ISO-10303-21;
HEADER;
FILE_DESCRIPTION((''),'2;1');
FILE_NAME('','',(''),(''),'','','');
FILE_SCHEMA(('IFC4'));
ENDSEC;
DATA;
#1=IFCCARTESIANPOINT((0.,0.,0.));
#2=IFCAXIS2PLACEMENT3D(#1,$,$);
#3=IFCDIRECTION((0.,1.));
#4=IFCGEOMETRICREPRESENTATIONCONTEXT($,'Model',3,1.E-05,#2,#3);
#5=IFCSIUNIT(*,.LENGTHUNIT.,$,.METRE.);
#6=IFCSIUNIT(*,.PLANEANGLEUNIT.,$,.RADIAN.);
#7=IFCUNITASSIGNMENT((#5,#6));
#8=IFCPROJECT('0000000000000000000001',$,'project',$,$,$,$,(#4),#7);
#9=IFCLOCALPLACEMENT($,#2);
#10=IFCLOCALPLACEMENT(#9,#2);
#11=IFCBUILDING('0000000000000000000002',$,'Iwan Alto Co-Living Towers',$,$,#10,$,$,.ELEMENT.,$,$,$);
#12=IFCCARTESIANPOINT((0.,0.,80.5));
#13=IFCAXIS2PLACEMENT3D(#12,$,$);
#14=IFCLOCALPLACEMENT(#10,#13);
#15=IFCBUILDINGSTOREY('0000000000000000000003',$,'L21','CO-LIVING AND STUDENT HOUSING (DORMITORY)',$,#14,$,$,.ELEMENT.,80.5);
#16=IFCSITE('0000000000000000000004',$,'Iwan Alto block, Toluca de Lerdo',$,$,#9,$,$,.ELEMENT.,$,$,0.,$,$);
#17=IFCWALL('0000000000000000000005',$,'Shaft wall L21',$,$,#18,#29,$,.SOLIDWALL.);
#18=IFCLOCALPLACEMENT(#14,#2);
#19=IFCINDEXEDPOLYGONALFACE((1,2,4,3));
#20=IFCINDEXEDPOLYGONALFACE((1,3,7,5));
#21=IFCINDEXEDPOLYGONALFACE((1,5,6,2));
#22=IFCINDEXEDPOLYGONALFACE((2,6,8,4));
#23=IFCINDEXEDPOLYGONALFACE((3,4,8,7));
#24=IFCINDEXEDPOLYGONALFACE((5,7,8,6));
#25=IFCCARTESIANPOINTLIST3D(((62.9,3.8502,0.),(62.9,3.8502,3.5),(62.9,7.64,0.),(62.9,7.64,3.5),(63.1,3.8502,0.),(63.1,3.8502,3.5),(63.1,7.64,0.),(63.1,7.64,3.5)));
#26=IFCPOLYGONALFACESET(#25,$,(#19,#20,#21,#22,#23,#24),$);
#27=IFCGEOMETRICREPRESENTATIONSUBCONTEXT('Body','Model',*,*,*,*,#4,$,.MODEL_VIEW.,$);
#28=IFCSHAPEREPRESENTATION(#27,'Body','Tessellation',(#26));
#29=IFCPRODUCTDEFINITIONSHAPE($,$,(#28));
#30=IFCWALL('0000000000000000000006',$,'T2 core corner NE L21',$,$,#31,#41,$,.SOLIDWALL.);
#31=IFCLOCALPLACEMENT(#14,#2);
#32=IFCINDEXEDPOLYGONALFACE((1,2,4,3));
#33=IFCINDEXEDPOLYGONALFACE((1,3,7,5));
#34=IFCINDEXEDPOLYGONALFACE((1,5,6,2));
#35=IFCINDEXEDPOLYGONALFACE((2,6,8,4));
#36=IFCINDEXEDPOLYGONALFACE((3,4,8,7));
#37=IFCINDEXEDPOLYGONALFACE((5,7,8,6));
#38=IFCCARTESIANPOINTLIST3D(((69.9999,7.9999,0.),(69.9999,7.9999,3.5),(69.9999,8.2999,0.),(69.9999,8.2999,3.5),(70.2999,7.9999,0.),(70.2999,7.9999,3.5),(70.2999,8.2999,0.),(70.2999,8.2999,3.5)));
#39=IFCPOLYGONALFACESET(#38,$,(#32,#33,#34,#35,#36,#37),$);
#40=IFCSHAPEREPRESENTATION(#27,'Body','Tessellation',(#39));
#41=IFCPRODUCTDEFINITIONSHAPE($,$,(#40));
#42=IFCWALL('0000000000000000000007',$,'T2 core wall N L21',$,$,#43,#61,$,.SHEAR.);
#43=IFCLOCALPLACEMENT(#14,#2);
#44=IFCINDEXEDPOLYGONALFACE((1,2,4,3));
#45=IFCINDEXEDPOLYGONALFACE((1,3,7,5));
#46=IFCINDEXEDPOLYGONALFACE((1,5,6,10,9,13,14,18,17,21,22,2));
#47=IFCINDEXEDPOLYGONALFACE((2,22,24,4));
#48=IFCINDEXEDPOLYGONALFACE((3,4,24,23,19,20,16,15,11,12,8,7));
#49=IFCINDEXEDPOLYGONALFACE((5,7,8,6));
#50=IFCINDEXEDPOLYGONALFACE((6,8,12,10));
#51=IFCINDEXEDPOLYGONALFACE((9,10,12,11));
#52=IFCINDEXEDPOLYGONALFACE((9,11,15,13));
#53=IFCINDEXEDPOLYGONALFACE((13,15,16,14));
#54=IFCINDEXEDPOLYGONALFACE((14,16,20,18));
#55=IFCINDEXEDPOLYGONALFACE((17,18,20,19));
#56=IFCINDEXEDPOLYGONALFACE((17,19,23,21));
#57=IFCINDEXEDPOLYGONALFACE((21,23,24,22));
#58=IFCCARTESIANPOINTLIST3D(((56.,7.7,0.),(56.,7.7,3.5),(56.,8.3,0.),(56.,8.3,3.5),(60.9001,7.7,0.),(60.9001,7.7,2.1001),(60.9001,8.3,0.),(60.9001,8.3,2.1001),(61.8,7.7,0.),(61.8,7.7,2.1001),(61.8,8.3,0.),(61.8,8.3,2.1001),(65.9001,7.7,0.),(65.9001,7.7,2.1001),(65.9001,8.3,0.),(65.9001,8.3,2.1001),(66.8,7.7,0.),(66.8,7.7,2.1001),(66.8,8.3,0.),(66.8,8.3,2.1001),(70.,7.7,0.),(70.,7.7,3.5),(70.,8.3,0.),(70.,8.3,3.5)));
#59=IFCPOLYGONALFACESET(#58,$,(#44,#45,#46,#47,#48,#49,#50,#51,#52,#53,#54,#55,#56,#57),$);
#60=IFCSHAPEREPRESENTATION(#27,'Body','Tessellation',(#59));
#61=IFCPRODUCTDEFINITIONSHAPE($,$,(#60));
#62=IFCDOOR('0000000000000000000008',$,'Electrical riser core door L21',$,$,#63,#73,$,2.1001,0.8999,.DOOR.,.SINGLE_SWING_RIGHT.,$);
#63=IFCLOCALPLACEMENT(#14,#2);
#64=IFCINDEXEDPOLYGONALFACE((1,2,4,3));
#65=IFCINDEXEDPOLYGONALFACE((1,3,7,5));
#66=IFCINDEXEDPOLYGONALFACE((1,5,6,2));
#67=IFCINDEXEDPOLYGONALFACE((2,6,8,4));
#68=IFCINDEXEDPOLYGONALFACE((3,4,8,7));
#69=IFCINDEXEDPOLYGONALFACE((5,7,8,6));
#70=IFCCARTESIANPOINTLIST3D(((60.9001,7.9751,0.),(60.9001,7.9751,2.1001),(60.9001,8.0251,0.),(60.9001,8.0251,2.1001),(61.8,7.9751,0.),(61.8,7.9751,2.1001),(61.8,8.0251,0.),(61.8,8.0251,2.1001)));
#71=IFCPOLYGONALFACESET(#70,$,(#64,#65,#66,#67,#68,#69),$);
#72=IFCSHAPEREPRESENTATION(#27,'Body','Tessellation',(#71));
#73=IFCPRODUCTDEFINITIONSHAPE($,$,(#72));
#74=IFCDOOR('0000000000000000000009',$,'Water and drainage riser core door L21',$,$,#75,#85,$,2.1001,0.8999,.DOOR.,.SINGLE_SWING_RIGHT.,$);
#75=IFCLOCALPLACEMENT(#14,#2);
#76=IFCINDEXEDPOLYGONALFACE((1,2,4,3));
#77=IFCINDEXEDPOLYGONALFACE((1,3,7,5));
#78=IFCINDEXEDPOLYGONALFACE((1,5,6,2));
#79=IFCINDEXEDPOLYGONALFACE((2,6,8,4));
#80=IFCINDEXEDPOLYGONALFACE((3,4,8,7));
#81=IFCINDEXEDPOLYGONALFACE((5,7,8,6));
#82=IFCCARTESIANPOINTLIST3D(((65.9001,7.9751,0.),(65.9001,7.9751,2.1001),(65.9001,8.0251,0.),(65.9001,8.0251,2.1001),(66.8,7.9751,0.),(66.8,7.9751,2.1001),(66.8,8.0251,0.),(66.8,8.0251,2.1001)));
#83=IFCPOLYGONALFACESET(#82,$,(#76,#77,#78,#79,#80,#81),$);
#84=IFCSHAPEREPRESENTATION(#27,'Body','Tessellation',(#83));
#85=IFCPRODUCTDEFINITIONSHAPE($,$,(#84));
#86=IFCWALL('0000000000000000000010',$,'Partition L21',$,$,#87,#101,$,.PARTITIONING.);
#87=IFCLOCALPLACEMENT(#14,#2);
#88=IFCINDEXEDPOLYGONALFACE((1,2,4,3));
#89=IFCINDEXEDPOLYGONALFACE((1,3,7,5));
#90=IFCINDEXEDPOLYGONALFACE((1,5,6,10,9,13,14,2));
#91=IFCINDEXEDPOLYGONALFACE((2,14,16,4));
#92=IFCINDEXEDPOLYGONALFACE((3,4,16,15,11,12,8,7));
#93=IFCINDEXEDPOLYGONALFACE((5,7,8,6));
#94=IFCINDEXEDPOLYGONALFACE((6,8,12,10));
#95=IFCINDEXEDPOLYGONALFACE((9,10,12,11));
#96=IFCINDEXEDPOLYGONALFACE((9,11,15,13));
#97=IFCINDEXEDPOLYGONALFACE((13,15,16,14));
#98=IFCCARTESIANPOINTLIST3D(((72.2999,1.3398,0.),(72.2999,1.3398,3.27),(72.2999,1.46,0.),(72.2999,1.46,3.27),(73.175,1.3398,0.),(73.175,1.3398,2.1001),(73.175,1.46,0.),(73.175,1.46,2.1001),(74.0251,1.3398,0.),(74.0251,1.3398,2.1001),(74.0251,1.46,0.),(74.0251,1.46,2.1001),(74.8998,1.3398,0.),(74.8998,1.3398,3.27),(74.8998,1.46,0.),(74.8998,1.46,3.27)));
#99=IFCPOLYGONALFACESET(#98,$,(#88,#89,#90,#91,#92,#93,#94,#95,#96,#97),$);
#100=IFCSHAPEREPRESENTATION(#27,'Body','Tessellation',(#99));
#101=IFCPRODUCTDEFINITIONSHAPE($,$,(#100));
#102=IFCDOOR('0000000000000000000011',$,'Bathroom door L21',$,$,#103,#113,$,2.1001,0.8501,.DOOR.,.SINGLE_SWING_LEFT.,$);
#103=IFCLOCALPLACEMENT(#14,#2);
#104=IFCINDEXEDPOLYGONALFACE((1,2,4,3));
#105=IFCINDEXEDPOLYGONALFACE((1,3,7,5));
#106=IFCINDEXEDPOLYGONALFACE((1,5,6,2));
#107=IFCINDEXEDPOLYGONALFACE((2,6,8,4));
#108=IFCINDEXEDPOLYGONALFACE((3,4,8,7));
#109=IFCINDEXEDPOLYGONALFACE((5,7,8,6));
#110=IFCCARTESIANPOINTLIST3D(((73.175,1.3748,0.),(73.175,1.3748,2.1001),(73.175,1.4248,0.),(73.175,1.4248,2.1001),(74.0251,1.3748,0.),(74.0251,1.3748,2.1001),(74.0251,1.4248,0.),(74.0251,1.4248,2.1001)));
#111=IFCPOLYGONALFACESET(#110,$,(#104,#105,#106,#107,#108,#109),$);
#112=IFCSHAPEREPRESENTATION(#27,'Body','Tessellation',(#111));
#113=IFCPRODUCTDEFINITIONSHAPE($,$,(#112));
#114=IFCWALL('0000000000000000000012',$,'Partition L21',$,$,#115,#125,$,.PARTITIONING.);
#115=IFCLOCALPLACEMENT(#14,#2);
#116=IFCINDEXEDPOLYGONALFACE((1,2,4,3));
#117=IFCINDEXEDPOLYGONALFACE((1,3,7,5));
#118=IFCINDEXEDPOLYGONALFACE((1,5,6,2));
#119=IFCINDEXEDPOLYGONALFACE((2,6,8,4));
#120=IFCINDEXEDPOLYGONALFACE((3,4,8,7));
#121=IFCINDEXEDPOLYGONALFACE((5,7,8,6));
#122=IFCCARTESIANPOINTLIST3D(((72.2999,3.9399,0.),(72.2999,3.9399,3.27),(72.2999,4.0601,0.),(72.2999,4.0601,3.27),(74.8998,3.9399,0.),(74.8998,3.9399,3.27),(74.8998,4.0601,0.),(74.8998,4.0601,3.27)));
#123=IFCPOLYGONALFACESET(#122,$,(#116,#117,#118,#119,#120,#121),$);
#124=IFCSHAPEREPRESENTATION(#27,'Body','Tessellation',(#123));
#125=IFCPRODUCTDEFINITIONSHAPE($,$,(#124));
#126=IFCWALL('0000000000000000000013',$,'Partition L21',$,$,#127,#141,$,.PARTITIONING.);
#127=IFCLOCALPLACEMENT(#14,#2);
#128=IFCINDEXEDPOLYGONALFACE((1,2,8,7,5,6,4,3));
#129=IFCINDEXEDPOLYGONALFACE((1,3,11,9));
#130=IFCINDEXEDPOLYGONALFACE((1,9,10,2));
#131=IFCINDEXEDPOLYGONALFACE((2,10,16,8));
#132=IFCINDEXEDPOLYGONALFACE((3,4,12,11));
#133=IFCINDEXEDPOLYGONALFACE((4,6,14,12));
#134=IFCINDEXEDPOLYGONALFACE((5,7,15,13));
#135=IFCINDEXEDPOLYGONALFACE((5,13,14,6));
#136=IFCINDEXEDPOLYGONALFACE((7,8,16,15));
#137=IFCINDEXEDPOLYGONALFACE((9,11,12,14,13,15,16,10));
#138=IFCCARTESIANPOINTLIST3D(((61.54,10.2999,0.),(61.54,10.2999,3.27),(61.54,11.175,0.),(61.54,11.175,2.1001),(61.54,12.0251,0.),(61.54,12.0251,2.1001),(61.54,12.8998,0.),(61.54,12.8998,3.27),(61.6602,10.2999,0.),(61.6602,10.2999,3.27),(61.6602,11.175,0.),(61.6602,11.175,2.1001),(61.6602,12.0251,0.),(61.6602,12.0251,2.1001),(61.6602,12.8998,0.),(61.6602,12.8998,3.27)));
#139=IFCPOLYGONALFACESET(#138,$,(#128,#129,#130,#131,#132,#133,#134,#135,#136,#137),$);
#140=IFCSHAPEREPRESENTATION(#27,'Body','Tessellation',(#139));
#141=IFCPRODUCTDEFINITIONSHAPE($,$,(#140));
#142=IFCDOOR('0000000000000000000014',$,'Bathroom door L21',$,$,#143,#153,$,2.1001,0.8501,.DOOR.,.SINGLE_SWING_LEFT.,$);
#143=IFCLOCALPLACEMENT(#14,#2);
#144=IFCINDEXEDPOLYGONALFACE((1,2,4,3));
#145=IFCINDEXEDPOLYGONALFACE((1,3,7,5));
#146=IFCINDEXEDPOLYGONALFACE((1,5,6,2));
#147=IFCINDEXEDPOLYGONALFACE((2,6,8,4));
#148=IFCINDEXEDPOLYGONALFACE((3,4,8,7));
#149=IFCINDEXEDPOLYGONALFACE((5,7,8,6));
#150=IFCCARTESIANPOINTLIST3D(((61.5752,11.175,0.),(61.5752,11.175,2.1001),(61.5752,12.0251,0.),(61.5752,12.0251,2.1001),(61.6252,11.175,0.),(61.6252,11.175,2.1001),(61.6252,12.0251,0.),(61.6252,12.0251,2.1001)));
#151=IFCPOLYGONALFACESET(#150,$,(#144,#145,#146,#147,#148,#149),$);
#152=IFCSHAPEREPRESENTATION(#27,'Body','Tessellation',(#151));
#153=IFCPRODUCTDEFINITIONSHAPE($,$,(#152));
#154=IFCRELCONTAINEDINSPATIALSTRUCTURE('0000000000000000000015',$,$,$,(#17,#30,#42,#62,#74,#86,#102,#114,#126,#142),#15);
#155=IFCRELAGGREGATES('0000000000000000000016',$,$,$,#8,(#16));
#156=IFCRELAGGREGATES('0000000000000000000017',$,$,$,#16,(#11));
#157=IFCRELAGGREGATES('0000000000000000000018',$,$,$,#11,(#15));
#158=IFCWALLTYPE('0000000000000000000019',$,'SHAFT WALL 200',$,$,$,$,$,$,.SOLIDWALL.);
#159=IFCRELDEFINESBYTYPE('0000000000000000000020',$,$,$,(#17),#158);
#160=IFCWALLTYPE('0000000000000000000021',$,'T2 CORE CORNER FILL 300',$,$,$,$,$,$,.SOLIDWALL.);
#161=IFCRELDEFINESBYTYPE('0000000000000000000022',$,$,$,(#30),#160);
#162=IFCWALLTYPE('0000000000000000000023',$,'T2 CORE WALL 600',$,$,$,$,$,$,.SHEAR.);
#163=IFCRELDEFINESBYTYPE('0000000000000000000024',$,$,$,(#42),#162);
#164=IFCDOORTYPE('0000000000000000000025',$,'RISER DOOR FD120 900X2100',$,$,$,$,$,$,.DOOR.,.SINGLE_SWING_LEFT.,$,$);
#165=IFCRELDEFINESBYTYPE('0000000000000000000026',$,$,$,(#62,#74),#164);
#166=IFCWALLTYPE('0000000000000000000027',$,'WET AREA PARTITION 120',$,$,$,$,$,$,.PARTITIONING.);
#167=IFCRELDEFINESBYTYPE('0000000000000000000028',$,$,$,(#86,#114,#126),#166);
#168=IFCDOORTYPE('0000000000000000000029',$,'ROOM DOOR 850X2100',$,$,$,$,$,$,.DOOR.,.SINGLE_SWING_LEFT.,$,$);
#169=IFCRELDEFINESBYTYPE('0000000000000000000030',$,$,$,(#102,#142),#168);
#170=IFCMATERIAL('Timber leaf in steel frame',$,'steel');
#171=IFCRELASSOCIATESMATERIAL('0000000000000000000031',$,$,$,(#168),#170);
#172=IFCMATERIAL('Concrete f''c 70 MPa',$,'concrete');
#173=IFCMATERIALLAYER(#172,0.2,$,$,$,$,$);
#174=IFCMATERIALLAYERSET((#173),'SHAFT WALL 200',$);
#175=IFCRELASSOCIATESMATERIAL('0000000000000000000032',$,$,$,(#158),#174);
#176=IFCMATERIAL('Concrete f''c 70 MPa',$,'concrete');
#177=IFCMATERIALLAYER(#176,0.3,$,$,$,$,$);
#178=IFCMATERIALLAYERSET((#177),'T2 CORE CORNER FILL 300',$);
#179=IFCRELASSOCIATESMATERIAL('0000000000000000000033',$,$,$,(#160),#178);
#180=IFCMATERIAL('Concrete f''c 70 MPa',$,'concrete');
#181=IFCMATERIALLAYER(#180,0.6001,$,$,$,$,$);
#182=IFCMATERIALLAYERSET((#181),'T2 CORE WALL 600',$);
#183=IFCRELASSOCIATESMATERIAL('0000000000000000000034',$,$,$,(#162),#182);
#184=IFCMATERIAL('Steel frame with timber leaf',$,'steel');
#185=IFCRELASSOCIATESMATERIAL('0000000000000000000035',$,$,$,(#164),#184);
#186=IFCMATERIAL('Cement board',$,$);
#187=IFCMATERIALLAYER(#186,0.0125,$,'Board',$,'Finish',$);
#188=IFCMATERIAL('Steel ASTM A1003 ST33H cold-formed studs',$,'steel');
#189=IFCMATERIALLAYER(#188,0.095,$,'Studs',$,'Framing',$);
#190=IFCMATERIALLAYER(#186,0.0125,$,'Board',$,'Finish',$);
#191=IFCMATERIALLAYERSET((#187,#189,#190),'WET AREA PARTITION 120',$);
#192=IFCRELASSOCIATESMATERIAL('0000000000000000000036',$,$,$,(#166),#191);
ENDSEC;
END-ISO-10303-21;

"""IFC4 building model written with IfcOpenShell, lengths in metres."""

from ifc_helpers import new_model, si_unit, direction, frame, frame_2d, origin, place, context, subcontext, project, spatial, rectangle, extrude, material, layer, layer_set, type_object, element, fill, save


model = new_model("IFC4")

# Units and contexts
model_context = context("Model", 3, precision=1e-05, world=origin(), true_north=direction((0.0, 1.0)))
body_context = subcontext(model_context, "Body", "Model", "MODEL_VIEW")
ifc_project = project(units=[si_unit("LENGTHUNIT", "METRE"), si_unit("PLANEANGLEUNIT", "RADIAN")], contexts=[model_context])

# Site, building, storey
site_placement = place(None, origin())
site = spatial("IfcSite", under=ifc_project, at=site_placement, Name="Iwan Alto block, Toluca de Lerdo", CompositionType="ELEMENT", RefElevation=0.0)
building_placement = place(site_placement, origin())
building = spatial("IfcBuilding", under=site, at=building_placement, Name="Iwan Alto Co-Living Towers", CompositionType="ELEMENT")
storey_placement = place(building_placement, frame((0.0, 0.0, 80.5)))
storey = spatial("IfcBuildingStorey", under=building, at=storey_placement, Name="L21", Description="CO-LIVING AND STUDENT HOUSING (DORMITORY)", CompositionType="ELEMENT", Elevation=80.5)

# Shared definitions
ifc_material_1 = material(Name="Steel ASTM A1003 ST33H cold-formed studs", Category="steel")

# Shared definitions
ifc_material_2 = material(Name="Timber leaf in steel frame", Category="steel")
door_type_1 = type_object("IfcDoorType", Name="ROOM DOOR 850X2100", OperationType="SINGLE_SWING_LEFT", PredefinedType="DOOR", material=ifc_material_2)

# Walls
ifc_material_3 = material(Name="Concrete f'c 70 MPa", Category="concrete")
ifc_layer_1 = layer(ifc_material_3, 0.2)
ifc_layer_set_1 = layer_set([ifc_layer_1], Name="SHAFT WALL 200")
wall_type_1 = type_object("IfcWallType", Name="SHAFT WALL 200", PredefinedType="SOLIDWALL", material=ifc_layer_set_1)
wall_1_placement = place(storey_placement, frame((63.0, 3.8501, 0.0), z_axis=(0.0, 0.0, 1.0), x_axis=(0.0, 1.0, 0.0)))
element("IfcWall", 1, at=wall_1_placement, inside=storey, type_object=wall_type_1, Name="Shaft wall L21", PredefinedType="SOLIDWALL", context=body_context, shape_type="SweptSolid", body=[
    extrude(rectangle(XDim=3.7898, YDim=0.2, at=frame_2d((1.895, 0.0))), origin(), (0.0, 0.0, 1.0), 3.5),
])
ifc_material_4 = material(Name="Concrete f'c 70 MPa", Category="concrete")
ifc_layer_2 = layer(ifc_material_4, 0.3)
ifc_layer_set_2 = layer_set([ifc_layer_2], Name="T2 CORE CORNER FILL 300")
wall_type_2 = type_object("IfcWallType", Name="T2 CORE CORNER FILL 300", PredefinedType="SOLIDWALL", material=ifc_layer_set_2)
wall_2_placement = place(storey_placement, frame((70.0, 8.1499, 0.0), z_axis=(0.0, 0.0, 1.0), x_axis=(1.0, 0.0, 0.0)))
element("IfcWall", 2, at=wall_2_placement, inside=storey, type_object=wall_type_2, Name="T2 core corner NE L21", PredefinedType="SOLIDWALL", context=body_context, shape_type="SweptSolid", body=[
    extrude(rectangle(XDim=0.3, YDim=0.3, at=frame_2d((0.1499, 0.0))), origin(), (0.0, 0.0, 1.0), 3.5),
])

# Wall, openings, doors
ifc_material_5 = material(Name="Concrete f'c 70 MPa", Category="concrete")
ifc_layer_3 = layer(ifc_material_5, 0.6001)
ifc_layer_set_3 = layer_set([ifc_layer_3], Name="T2 CORE WALL 600")
wall_type_3 = type_object("IfcWallType", Name="T2 CORE WALL 600", PredefinedType="SHEAR", material=ifc_layer_set_3)
wall_3_placement = place(storey_placement, frame((70.0, 8.0, 0.0), z_axis=(0.0, 0.0, 1.0), x_axis=(-1.0, 0.0, 0.0)))
wall_3 = element("IfcWall", 3, at=wall_3_placement, inside=storey, type_object=wall_type_3, Name="T2 core wall N L21", PredefinedType="SHEAR", context=body_context, shape_type="SweptSolid", body=[
    extrude(rectangle(XDim=14.0, YDim=0.6001, at=frame_2d((7.0, 0.0))), origin(), (0.0, 0.0, 1.0), 3.5),
])
opening_1_placement = place(wall_3_placement, frame((8.2, 0.0, 0.0)))
opening_1 = element("IfcOpeningElement", 4, at=opening_1_placement, cuts=wall_3, PredefinedType="OPENING", context=body_context, shape_type="SweptSolid", body=[
    extrude(rectangle(XDim=0.8999, YDim=2.1001, at=frame_2d((0.45, 1.05))), frame((0.0, 0.3101, 0.0), z_axis=(0.0, -1.0, 0.0), x_axis=(1.0, 0.0, 0.0)), (0.0, 0.0, 1.0), 0.6201),
])
opening_2_placement = place(wall_3_placement, frame((3.2, 0.0, 0.0)))
opening_2 = element("IfcOpeningElement", 5, at=opening_2_placement, cuts=wall_3, PredefinedType="OPENING", context=body_context, shape_type="SweptSolid", body=[
    extrude(rectangle(XDim=0.8999, YDim=2.1001, at=frame_2d((0.45, 1.05))), frame((0.0, 0.3101, 0.0), z_axis=(0.0, -1.0, 0.0), x_axis=(1.0, 0.0, 0.0)), (0.0, 0.0, 1.0), 0.6201),
])
ifc_material_6 = material(Name="Steel frame with timber leaf", Category="steel")
door_type_2 = type_object("IfcDoorType", Name="RISER DOOR FD120 900X2100", OperationType="SINGLE_SWING_LEFT", PredefinedType="DOOR", material=ifc_material_6)
door_1_placement = place(opening_1_placement, origin())
door_1 = element("IfcDoor", 6, at=door_1_placement, inside=storey, type_object=door_type_2, Name="Electrical riser core door L21", OperationType="SINGLE_SWING_RIGHT", OverallHeight=2.1001, OverallWidth=0.8999, PredefinedType="DOOR", context=body_context, shape_type="SweptSolid", body=[
    extrude(rectangle(XDim=0.8999, YDim=2.1001, at=frame_2d((0.45, 1.05))), frame((0.0, 0.0249, 0.0), z_axis=(0.0, -1.0, 0.0), x_axis=(1.0, 0.0, 0.0)), (0.0, 0.0, 1.0), 0.05),
])
fill(opening_1, door_1)
door_2_placement = place(opening_2_placement, origin())
door_2 = element("IfcDoor", 7, at=door_2_placement, inside=storey, type_object=door_type_2, Name="Water and drainage riser core door L21", OperationType="SINGLE_SWING_RIGHT", OverallHeight=2.1001, OverallWidth=0.8999, PredefinedType="DOOR", context=body_context, shape_type="SweptSolid", body=[
    extrude(rectangle(XDim=0.8999, YDim=2.1001, at=frame_2d((0.45, 1.05))), frame((0.0, 0.0249, 0.0), z_axis=(0.0, -1.0, 0.0), x_axis=(1.0, 0.0, 0.0)), (0.0, 0.0, 1.0), 0.05),
])
fill(opening_2, door_2)

# Wall, opening, door
ifc_material_7 = material(Name="Cement board")
ifc_layer_4 = layer(ifc_material_7, 0.0125, Name="Board", Category="Finish")
ifc_layer_5 = layer(ifc_material_1, 0.095, Name="Studs", Category="Framing")
ifc_layer_6 = layer(ifc_material_7, 0.0125, Name="Board", Category="Finish")
ifc_layer_set_4 = layer_set([ifc_layer_4, ifc_layer_5, ifc_layer_6], Name="WET AREA PARTITION 120")
wall_type_4 = type_object("IfcWallType", Name="WET AREA PARTITION 120", PredefinedType="PARTITIONING", material=ifc_layer_set_4)
wall_4_placement = place(storey_placement, frame((72.3, 1.3999, 0.0), z_axis=(0.0, 0.0, 1.0), x_axis=(1.0, 0.0, 0.0)))
wall_4 = element("IfcWall", 8, at=wall_4_placement, inside=storey, type_object=wall_type_4, Name="Partition L21", PredefinedType="PARTITIONING", context=body_context, shape_type="SweptSolid", body=[
    extrude(rectangle(XDim=2.5999, YDim=0.1201, at=frame_2d((1.2998, 0.0))), origin(), (0.0, 0.0, 1.0), 3.27),
])
opening_3_placement = place(wall_4_placement, frame((0.875, 0.0, 0.0)))
opening_3 = element("IfcOpeningElement", 9, at=opening_3_placement, cuts=wall_4, PredefinedType="OPENING", context=body_context, shape_type="SweptSolid", body=[
    extrude(rectangle(XDim=0.8501, YDim=2.1001, at=frame_2d((0.425, 1.05))), frame((0.0, 0.0701, 0.0), z_axis=(0.0, -1.0, 0.0), x_axis=(1.0, 0.0, 0.0)), (0.0, 0.0, 1.0), 0.1401),
])
door_3_placement = place(opening_3_placement, origin())
door_3 = element("IfcDoor", 10, at=door_3_placement, inside=storey, type_object=door_type_1, Name="Bathroom door L21", OperationType="SINGLE_SWING_LEFT", OverallHeight=2.1001, OverallWidth=0.8501, PredefinedType="DOOR", context=body_context, shape_type="SweptSolid", body=[
    extrude(rectangle(XDim=0.8501, YDim=2.1001, at=frame_2d((0.425, 1.05))), frame((0.0, 0.0249, 0.0), z_axis=(0.0, -1.0, 0.0), x_axis=(1.0, 0.0, 0.0)), (0.0, 0.0, 1.0), 0.05),
])
fill(opening_3, door_3)

# Wall
wall_5_placement = place(storey_placement, frame((72.3, 4.0, 0.0), z_axis=(0.0, 0.0, 1.0), x_axis=(1.0, 0.0, 0.0)))
element("IfcWall", 11, at=wall_5_placement, inside=storey, type_object=wall_type_4, Name="Partition L21", PredefinedType="PARTITIONING", context=body_context, shape_type="SweptSolid", body=[
    extrude(rectangle(XDim=2.5999, YDim=0.1201, at=frame_2d((1.2998, 0.0))), origin(), (0.0, 0.0, 1.0), 3.27),
])

# Wall, opening, door
wall_6_placement = place(storey_placement, frame((61.6001, 10.3, 0.0), z_axis=(0.0, 0.0, 1.0), x_axis=(0.0, 1.0, 0.0)))
wall_6 = element("IfcWall", 12, at=wall_6_placement, inside=storey, type_object=wall_type_4, Name="Partition L21", PredefinedType="PARTITIONING", context=body_context, shape_type="SweptSolid", body=[
    extrude(rectangle(XDim=2.5999, YDim=0.1201, at=frame_2d((1.2998, 0.0))), origin(), (0.0, 0.0, 1.0), 3.27),
])
opening_4_placement = place(wall_6_placement, frame((0.875, 0.0, 0.0)))
opening_4 = element("IfcOpeningElement", 13, at=opening_4_placement, cuts=wall_6, PredefinedType="OPENING", context=body_context, shape_type="SweptSolid", body=[
    extrude(rectangle(XDim=0.8501, YDim=2.1001, at=frame_2d((0.425, 1.05))), frame((0.0, 0.0701, 0.0), z_axis=(0.0, -1.0, 0.0), x_axis=(1.0, 0.0, 0.0)), (0.0, 0.0, 1.0), 0.1401),
])
door_4_placement = place(opening_4_placement, origin())
door_4 = element("IfcDoor", 14, at=door_4_placement, inside=storey, type_object=door_type_1, Name="Bathroom door L21", OperationType="SINGLE_SWING_LEFT", OverallHeight=2.1001, OverallWidth=0.8501, PredefinedType="DOOR", context=body_context, shape_type="SweptSolid", body=[
    extrude(rectangle(XDim=0.8501, YDim=2.1001, at=frame_2d((0.425, 1.05))), frame((0.0, 0.0249, 0.0), z_axis=(0.0, -1.0, 0.0), x_axis=(1.0, 0.0, 0.0)), (0.0, 0.0, 1.0), 0.05),
])
fill(opening_4, door_4)

save(model, "model.ifc")
